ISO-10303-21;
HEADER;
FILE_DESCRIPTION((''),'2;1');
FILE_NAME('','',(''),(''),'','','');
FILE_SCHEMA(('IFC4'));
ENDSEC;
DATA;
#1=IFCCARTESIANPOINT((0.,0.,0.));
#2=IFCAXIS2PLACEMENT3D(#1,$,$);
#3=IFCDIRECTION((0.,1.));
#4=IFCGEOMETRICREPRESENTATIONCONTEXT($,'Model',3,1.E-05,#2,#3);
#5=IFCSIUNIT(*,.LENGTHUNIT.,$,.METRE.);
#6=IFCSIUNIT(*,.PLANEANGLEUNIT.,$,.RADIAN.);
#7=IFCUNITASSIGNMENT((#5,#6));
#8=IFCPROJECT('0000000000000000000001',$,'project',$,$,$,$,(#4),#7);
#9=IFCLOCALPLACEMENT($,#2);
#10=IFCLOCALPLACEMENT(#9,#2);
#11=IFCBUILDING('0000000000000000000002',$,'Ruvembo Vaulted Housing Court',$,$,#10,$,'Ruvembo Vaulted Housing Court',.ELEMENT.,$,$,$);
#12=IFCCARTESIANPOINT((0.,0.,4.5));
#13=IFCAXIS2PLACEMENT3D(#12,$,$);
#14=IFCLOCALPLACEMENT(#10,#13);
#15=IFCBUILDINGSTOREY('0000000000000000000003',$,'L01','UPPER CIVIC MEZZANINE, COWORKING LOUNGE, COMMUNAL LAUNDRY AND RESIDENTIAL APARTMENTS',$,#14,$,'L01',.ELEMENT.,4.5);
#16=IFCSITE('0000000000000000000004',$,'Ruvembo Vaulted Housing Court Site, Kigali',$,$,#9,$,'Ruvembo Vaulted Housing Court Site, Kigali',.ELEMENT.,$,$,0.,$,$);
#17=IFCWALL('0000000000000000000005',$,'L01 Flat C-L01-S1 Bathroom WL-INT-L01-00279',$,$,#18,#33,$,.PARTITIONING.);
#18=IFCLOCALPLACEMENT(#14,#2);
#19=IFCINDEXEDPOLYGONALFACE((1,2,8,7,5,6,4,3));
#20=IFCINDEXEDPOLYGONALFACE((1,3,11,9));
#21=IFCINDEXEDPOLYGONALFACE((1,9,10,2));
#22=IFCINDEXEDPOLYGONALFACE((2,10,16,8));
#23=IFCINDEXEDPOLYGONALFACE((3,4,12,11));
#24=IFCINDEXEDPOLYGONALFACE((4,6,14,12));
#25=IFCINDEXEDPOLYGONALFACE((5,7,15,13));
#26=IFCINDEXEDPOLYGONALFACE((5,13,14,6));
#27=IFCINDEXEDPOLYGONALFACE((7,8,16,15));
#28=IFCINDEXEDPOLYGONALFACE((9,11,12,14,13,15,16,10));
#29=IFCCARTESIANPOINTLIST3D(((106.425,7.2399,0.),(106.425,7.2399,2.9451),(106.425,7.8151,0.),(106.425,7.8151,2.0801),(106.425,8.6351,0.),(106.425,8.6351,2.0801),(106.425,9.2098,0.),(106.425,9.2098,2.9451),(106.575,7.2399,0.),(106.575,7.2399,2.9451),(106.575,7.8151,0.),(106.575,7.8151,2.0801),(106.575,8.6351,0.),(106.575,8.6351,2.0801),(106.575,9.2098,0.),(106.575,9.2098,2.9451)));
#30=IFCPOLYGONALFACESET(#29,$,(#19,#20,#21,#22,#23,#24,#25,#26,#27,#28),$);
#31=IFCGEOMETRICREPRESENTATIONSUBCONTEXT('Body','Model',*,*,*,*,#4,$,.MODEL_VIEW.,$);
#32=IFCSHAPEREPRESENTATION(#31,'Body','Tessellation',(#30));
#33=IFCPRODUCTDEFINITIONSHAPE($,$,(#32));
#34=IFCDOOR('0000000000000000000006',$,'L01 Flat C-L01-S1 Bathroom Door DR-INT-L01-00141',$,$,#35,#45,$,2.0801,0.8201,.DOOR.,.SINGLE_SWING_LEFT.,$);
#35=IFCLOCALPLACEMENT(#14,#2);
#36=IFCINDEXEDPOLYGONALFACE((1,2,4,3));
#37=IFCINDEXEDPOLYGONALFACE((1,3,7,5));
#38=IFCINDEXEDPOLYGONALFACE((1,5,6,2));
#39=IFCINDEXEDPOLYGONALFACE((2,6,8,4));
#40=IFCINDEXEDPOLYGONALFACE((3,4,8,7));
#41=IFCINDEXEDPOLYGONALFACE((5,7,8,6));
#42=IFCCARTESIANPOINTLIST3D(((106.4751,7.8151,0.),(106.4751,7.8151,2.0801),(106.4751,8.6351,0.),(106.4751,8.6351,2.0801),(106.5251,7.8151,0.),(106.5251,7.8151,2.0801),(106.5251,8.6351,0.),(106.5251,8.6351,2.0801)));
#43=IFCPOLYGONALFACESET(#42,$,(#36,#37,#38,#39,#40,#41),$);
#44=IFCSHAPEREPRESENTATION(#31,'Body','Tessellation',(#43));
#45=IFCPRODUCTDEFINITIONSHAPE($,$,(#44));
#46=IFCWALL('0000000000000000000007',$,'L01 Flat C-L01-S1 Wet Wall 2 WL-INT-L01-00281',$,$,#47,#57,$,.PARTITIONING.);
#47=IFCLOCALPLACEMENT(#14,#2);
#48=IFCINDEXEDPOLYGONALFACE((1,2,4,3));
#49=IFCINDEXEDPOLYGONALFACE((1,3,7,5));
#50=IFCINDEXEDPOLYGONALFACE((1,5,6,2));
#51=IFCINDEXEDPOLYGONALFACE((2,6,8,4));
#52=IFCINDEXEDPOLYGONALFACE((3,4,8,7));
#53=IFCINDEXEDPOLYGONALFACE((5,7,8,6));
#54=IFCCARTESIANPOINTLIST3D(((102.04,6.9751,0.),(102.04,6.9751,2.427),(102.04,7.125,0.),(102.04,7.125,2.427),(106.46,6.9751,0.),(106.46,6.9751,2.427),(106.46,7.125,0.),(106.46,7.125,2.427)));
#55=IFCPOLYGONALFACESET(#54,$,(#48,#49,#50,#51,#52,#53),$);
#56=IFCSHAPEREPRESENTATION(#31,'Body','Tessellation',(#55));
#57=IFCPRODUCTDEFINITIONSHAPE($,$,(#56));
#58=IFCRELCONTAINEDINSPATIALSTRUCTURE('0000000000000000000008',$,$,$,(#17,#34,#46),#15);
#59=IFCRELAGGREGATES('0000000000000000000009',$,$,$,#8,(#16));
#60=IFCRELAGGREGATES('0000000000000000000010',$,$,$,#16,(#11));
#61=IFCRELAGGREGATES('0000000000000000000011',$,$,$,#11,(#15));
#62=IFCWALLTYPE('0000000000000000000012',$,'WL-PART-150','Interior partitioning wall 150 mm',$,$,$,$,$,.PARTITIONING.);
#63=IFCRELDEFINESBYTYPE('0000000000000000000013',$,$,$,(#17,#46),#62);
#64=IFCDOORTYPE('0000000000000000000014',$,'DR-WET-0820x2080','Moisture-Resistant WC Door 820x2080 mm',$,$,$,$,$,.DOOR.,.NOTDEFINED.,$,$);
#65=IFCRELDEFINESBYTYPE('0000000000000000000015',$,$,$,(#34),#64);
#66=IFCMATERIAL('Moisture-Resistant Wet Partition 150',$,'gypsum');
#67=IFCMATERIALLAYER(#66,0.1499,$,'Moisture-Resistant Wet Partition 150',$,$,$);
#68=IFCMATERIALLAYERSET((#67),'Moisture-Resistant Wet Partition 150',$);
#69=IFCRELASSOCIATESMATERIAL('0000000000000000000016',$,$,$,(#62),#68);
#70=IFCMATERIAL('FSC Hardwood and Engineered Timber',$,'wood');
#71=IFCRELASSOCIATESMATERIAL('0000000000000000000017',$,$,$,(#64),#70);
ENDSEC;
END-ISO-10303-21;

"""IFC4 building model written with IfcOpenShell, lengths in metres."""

from ifc_helpers import new_model, si_unit, direction, frame, frame_2d, origin, place, context, subcontext, project, spatial, rectangle, extrude, material, layer, layer_set, type_object, element, fill, save


model = new_model("IFC4")

# Units and contexts
model_context = context("Model", 3, precision=1e-05, world=origin(), true_north=direction((0.0, 1.0)))
body_context = subcontext(model_context, "Body", "Model", "MODEL_VIEW")
ifc_project = project(units=[si_unit("LENGTHUNIT", "METRE"), si_unit("PLANEANGLEUNIT", "RADIAN")], contexts=[model_context])

# Site, building, storey
site_placement = place(None, origin())
site = spatial("IfcSite", under=ifc_project, at=site_placement, Name="Ruvembo Vaulted Housing Court Site, Kigali", LongName="Ruvembo Vaulted Housing Court Site, Kigali", CompositionType="ELEMENT", RefElevation=0.0)
building_placement = place(site_placement, origin())
building = spatial("IfcBuilding", under=site, at=building_placement, Name="Ruvembo Vaulted Housing Court", LongName="Ruvembo Vaulted Housing Court", CompositionType="ELEMENT")
storey_placement = place(building_placement, frame((0.0, 0.0, 4.5)))
storey = spatial("IfcBuildingStorey", under=building, at=storey_placement, Name="L01", Description="UPPER CIVIC MEZZANINE, COWORKING LOUNGE, COMMUNAL LAUNDRY AND RESIDENTIAL APARTMENTS", LongName="L01", CompositionType="ELEMENT", Elevation=4.5)

# Shared definitions
ifc_material_1 = material(Name="FSC Hardwood and Engineered Timber", Category="wood")

# Wall, opening, door
ifc_material_2 = material(Name="Moisture-Resistant Wet Partition 150", Category="gypsum")
ifc_layer_1 = layer(ifc_material_2, 0.1499, Name="Moisture-Resistant Wet Partition 150")
ifc_layer_set_1 = layer_set([ifc_layer_1], Name="Moisture-Resistant Wet Partition 150")
wall_type_1 = type_object("IfcWallType", Name="WL-PART-150", Description="Interior partitioning wall 150 mm", PredefinedType="PARTITIONING", material=ifc_layer_set_1)
wall_1_placement = place(storey_placement, frame((106.5, 7.24, 0.0), z_axis=(0.0, 0.0, 1.0), x_axis=(0.0, 1.0, 0.0)))
wall_1 = element("IfcWall", 1, at=wall_1_placement, inside=storey, type_object=wall_type_1, Name="L01 Flat C-L01-S1 Bathroom WL-INT-L01-00279", PredefinedType="PARTITIONING", context=body_context, shape_type="SweptSolid", body=[
    extrude(rectangle(XDim=1.97, YDim=0.1499, at=frame_2d((0.9849, 0.0))), origin(), (0.0, 0.0, 1.0), 2.9451),
])
opening_1_placement = place(wall_1_placement, frame((0.575, 0.0, 0.0)))
opening_1 = element("IfcOpeningElement", 2, at=opening_1_placement, cuts=wall_1, PredefinedType="OPENING", context=body_context, shape_type="SweptSolid", body=[
    extrude(rectangle(XDim=0.8201, YDim=2.0801, at=frame_2d((0.4102, 1.04))), frame((0.0, 0.085, 0.0), z_axis=(0.0, -1.0, 0.0), x_axis=(1.0, 0.0, 0.0)), (0.0, 0.0, 1.0), 0.1699),
])
door_type_1 = type_object("IfcDoorType", Name="DR-WET-0820x2080", Description="Moisture-Resistant WC Door 820x2080 mm", OperationType="NOTDEFINED", PredefinedType="DOOR", material=ifc_material_1)
door_1_placement = place(opening_1_placement, origin())
door_1 = element("IfcDoor", 3, at=door_1_placement, inside=storey, type_object=door_type_1, Name="L01 Flat C-L01-S1 Bathroom Door DR-INT-L01-00141", OperationType="SINGLE_SWING_LEFT", OverallHeight=2.0801, OverallWidth=0.8201, PredefinedType="DOOR", context=body_context, shape_type="SweptSolid", body=[
    extrude(rectangle(XDim=0.8201, YDim=2.0801, at=frame_2d((0.4102, 1.04))), frame((0.0, 0.0249, 0.0), z_axis=(0.0, -1.0, 0.0), x_axis=(1.0, 0.0, 0.0)), (0.0, 0.0, 1.0), 0.05),
])
fill(opening_1, door_1)

# Wall
wall_2_placement = place(storey_placement, frame((102.04, 7.05, 0.0), z_axis=(0.0, 0.0, 1.0), x_axis=(1.0, 0.0, 0.0)))
element("IfcWall", 4, at=wall_2_placement, inside=storey, type_object=wall_type_1, Name="L01 Flat C-L01-S1 Wet Wall 2 WL-INT-L01-00281", PredefinedType="PARTITIONING", context=body_context, shape_type="SweptSolid", body=[
    extrude(rectangle(XDim=4.4199, YDim=0.1499, at=frame_2d((2.21, 0.0))), origin(), (0.0, 0.0, 1.0), 2.427),
])

save(model, "model.ifc")
